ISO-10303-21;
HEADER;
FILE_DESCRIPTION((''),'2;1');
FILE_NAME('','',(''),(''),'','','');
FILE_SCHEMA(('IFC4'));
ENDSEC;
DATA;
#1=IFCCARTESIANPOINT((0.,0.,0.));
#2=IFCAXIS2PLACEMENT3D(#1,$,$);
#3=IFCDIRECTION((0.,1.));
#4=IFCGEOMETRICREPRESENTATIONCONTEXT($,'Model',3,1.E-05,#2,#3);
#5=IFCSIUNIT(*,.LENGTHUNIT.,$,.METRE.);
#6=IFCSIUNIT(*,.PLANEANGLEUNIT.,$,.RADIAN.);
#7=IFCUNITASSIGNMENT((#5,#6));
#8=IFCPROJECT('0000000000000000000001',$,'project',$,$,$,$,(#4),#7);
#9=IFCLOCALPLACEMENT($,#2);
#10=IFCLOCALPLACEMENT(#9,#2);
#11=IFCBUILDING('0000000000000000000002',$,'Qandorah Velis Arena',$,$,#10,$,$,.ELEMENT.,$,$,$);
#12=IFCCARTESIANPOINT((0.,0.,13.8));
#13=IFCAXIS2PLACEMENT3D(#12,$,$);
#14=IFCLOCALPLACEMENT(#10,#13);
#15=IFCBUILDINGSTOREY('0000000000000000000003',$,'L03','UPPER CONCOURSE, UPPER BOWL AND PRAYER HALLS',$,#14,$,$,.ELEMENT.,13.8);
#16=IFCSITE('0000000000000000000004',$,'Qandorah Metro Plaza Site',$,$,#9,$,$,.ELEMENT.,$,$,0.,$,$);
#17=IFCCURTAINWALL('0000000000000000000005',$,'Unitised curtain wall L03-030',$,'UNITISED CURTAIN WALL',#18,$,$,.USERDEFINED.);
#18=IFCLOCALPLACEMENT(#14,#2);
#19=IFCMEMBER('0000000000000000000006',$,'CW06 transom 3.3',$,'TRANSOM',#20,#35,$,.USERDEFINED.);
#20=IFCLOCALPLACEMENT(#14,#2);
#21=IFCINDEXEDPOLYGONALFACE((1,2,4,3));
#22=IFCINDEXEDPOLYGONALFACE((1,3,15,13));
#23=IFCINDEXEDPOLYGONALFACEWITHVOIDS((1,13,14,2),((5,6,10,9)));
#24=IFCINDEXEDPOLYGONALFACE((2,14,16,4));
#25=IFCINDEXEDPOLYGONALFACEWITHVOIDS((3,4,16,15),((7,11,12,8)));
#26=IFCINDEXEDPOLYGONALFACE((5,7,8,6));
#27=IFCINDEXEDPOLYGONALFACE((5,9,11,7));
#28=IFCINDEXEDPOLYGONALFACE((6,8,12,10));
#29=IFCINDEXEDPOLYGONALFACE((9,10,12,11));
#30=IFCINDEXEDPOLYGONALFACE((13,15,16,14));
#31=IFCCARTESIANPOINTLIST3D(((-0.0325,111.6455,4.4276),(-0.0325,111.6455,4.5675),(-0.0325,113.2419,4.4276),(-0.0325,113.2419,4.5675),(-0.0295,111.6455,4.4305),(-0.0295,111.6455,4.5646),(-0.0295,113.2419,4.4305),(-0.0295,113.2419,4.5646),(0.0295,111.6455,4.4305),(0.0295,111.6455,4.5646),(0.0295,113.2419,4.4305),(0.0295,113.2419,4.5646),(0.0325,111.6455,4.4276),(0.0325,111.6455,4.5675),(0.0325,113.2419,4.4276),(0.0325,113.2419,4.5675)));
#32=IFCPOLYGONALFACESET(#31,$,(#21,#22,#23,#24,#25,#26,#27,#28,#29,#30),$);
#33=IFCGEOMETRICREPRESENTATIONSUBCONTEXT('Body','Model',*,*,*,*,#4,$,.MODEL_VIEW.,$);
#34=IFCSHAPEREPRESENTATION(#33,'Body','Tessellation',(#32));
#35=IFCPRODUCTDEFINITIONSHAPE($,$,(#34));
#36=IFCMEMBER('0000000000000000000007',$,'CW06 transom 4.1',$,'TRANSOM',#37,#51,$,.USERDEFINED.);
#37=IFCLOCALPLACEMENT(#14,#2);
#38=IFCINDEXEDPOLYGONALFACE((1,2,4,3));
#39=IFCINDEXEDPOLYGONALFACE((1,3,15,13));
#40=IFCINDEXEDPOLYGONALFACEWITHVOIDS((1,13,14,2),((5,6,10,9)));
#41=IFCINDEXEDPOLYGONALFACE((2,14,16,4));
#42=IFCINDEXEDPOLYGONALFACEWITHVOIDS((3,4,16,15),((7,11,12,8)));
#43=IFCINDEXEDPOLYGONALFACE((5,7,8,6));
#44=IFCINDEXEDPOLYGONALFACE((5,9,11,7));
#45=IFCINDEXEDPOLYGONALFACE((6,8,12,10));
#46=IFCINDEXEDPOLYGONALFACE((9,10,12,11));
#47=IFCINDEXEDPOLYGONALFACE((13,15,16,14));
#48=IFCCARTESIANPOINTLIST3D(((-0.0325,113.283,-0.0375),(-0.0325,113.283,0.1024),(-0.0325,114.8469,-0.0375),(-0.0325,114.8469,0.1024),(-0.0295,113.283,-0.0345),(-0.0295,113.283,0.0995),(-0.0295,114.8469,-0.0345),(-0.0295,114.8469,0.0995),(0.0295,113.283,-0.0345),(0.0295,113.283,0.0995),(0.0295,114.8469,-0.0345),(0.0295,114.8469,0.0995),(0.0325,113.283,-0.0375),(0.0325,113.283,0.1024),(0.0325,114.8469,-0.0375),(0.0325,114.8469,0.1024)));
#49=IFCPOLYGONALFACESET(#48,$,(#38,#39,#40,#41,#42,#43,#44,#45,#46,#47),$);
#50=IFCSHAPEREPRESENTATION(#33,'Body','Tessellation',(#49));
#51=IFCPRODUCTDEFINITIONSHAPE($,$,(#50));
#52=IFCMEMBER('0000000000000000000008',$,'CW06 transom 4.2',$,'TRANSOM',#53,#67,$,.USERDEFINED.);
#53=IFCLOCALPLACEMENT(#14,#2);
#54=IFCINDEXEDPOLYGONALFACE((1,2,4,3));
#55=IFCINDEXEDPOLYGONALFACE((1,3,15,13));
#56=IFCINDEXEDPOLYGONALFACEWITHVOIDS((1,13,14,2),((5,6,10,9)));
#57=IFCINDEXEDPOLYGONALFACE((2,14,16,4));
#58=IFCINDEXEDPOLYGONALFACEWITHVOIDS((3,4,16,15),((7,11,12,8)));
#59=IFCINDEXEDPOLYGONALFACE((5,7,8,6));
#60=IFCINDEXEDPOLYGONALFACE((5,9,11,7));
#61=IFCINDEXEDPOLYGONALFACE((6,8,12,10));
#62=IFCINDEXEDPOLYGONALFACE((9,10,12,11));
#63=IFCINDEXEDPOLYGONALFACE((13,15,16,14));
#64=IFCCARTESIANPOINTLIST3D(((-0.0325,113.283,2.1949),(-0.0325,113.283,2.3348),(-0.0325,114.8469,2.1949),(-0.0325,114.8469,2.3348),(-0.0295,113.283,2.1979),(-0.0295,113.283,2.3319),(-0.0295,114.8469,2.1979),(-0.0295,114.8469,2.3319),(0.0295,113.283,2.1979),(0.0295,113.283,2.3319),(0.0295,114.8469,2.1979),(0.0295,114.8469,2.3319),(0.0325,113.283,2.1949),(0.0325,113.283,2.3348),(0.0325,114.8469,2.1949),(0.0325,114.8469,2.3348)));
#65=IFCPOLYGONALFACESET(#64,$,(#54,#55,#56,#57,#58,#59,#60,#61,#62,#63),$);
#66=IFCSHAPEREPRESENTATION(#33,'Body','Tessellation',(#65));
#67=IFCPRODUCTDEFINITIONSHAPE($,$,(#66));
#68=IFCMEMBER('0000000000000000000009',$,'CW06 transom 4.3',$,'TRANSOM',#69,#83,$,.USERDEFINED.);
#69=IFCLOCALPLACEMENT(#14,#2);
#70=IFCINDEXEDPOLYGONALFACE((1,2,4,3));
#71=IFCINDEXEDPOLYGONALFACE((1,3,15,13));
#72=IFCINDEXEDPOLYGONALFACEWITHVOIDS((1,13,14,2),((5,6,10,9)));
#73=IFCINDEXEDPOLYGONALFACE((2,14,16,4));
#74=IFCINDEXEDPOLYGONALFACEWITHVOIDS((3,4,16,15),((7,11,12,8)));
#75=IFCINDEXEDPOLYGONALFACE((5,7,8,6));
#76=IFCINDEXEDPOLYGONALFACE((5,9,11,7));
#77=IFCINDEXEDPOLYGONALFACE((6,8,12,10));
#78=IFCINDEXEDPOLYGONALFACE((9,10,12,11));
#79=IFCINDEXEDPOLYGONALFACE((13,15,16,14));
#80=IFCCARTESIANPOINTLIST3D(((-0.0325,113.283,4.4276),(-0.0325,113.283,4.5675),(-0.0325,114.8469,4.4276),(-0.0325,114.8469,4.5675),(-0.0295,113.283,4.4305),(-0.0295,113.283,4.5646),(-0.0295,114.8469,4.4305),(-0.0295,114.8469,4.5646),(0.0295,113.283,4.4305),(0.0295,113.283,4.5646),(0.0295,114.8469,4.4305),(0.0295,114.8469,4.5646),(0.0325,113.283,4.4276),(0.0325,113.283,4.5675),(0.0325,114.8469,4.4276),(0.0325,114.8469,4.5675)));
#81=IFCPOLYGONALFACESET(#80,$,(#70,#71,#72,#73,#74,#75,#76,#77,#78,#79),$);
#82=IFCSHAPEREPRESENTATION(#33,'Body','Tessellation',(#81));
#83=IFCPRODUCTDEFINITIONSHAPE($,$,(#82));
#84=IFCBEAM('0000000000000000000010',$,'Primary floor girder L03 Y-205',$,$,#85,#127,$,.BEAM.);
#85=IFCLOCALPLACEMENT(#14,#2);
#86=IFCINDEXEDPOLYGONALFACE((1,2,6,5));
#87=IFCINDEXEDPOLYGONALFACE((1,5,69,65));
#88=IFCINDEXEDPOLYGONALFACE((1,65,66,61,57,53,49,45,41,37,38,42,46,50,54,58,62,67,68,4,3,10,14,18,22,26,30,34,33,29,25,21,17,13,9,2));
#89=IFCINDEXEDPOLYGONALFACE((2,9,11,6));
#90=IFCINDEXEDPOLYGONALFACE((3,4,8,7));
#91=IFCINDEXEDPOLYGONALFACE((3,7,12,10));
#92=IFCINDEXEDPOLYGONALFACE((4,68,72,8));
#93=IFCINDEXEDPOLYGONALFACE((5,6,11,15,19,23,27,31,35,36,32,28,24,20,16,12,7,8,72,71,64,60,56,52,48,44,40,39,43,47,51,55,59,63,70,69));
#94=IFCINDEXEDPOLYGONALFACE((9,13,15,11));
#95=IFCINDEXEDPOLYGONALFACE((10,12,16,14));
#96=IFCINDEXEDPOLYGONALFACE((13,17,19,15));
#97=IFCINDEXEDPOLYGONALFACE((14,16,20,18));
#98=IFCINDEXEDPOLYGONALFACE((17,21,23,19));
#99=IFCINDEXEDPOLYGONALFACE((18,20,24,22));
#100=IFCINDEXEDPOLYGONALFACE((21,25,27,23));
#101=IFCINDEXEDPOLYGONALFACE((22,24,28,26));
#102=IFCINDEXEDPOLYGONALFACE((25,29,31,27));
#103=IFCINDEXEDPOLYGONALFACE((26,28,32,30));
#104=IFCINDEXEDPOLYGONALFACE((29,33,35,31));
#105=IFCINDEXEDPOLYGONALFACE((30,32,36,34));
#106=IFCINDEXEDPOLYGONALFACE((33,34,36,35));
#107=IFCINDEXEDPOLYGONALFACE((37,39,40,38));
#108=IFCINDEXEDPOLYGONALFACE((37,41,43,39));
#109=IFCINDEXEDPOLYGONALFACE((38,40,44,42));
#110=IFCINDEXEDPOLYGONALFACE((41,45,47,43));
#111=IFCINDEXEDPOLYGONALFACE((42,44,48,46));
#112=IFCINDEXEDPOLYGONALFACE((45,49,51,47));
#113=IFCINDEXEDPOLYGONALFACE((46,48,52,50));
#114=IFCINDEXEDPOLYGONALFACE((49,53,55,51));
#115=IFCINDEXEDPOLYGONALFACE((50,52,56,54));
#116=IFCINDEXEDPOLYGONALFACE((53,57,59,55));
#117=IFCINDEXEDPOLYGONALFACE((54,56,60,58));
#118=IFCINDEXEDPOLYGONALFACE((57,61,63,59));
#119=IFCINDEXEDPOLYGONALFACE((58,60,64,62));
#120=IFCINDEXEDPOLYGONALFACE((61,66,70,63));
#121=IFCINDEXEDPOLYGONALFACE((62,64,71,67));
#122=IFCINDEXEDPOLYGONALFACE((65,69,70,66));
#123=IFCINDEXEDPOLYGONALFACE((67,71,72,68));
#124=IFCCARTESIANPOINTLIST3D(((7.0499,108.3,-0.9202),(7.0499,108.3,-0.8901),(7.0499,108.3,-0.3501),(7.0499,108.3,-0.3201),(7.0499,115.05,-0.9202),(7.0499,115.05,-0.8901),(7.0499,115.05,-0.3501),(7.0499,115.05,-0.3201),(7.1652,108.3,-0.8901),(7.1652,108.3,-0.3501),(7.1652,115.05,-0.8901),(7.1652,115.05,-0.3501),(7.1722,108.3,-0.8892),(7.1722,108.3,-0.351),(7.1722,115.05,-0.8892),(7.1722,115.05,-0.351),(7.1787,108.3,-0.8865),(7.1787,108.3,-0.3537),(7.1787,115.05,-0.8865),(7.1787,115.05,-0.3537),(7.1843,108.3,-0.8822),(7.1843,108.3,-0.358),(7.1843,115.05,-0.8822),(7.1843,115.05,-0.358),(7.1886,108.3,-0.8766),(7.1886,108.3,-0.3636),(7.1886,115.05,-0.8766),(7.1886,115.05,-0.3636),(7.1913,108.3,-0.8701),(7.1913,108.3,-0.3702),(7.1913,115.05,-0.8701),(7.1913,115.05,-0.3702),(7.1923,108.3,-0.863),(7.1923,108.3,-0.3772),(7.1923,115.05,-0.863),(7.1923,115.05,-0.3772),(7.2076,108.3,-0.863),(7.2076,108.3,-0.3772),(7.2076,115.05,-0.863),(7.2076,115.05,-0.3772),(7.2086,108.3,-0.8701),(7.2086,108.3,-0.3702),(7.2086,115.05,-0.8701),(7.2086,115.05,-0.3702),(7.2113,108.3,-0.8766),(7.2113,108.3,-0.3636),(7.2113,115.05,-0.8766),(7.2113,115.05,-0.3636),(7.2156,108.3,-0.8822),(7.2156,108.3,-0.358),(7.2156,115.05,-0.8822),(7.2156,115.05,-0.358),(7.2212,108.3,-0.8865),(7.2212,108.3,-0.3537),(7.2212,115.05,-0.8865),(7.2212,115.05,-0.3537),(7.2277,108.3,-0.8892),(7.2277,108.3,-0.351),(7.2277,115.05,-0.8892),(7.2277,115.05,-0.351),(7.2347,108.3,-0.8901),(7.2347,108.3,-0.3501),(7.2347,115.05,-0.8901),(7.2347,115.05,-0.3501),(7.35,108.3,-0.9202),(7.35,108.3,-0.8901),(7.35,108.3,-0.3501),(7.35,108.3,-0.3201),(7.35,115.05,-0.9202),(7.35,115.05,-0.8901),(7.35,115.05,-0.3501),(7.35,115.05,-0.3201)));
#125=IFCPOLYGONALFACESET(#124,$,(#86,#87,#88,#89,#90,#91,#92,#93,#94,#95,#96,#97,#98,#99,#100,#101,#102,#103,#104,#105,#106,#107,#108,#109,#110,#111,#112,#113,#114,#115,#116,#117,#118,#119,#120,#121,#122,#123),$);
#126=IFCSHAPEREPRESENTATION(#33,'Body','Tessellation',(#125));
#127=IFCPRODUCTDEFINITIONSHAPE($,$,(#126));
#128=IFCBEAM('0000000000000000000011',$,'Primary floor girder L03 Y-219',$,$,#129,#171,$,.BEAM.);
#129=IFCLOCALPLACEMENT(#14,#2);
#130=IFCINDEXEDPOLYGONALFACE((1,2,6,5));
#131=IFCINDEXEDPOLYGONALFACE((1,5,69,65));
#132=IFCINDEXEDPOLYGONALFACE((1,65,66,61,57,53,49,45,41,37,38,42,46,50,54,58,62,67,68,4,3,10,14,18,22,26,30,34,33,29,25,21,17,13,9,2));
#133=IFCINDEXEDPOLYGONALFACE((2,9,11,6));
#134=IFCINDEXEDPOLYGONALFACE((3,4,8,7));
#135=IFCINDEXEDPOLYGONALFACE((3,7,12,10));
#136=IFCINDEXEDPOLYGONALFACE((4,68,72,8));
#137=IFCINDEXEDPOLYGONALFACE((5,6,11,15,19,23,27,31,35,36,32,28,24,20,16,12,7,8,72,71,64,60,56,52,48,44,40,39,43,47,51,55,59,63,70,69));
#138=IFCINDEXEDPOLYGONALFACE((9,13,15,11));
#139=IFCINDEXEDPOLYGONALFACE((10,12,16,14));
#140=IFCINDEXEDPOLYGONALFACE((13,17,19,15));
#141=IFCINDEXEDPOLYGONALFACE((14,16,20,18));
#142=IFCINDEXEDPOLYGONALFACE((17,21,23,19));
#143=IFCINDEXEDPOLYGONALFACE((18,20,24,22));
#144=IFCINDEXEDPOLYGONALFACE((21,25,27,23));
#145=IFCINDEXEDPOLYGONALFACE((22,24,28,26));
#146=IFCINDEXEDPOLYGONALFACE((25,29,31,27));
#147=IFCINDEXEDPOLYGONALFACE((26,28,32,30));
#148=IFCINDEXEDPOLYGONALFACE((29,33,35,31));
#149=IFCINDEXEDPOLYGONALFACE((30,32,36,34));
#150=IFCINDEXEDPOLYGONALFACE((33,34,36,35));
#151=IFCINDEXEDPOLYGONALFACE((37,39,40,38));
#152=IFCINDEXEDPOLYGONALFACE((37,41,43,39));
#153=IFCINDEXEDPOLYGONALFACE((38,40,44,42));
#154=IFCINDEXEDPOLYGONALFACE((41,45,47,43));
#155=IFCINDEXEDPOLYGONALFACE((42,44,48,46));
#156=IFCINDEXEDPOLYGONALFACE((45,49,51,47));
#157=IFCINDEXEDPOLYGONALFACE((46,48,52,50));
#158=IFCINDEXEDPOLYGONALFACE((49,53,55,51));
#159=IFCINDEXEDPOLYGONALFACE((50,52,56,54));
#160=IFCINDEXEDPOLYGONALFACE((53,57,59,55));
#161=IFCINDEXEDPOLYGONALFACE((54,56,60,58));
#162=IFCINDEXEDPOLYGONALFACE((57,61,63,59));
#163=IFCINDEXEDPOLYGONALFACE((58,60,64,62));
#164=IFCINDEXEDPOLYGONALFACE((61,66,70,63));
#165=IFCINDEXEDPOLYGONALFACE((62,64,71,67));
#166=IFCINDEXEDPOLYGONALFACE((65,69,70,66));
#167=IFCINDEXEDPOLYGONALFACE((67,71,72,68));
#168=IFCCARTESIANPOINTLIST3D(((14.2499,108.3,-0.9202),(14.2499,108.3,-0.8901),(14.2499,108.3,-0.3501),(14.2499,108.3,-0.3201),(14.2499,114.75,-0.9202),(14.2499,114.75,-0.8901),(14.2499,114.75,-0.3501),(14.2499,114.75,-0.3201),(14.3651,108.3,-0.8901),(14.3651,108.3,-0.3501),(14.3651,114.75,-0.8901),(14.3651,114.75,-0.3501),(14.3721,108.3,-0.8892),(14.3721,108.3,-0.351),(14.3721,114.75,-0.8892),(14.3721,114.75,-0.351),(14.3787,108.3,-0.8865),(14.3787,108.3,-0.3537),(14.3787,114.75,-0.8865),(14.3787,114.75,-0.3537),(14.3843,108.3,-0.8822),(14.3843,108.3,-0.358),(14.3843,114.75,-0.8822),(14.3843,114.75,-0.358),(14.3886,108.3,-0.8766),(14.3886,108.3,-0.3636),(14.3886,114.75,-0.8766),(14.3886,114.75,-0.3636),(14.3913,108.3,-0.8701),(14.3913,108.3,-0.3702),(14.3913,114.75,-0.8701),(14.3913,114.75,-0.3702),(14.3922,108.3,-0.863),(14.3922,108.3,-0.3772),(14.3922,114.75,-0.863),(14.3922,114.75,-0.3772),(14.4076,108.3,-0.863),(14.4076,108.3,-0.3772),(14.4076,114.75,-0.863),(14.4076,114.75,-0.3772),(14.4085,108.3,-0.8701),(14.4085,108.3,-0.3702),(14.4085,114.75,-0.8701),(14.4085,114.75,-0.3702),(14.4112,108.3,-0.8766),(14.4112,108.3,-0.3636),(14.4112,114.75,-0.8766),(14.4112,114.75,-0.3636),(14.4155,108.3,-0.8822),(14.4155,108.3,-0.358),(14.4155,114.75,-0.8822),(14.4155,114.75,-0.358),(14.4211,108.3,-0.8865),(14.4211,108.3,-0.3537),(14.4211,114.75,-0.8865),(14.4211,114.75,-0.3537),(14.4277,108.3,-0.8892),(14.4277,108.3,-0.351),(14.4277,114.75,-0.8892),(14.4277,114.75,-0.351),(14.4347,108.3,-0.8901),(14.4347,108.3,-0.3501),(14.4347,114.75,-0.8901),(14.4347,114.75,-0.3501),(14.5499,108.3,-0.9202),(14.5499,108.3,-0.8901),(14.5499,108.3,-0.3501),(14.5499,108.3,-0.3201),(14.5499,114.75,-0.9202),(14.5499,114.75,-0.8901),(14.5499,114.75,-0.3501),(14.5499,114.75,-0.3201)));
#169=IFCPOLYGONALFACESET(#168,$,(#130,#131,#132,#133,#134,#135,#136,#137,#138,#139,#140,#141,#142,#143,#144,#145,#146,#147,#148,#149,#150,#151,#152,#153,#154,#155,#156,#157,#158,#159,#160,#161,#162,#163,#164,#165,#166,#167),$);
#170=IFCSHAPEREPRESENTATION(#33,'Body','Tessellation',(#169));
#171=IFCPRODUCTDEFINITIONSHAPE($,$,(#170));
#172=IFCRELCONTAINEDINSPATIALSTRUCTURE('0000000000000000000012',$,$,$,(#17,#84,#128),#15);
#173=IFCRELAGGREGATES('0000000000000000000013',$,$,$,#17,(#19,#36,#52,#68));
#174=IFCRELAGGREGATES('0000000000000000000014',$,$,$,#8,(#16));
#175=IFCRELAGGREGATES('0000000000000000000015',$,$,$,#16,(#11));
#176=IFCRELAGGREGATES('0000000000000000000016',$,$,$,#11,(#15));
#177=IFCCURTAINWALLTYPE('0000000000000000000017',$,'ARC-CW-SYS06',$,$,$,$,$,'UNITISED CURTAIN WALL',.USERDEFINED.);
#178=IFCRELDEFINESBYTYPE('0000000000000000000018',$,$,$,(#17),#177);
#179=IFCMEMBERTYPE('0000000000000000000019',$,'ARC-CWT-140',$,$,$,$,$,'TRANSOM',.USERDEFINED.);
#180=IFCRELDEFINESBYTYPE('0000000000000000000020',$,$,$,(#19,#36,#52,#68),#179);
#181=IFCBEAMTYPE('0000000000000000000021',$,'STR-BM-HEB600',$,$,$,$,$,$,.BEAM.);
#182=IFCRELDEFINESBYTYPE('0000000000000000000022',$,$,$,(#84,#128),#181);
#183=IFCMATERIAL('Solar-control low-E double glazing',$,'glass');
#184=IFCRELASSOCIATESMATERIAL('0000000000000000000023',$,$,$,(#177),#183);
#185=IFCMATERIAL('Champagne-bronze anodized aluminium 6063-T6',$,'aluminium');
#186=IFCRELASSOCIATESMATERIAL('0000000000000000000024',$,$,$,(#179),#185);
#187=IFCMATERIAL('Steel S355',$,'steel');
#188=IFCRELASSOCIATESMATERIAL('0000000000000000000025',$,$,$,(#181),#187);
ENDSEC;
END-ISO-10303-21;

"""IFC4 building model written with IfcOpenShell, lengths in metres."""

from ifc_helpers import new_model, si_unit, direction, frame, origin, origin_2d, place, context, subcontext, project, spatial, hollow_rectangle, i_section, extrude, material, material_profile, profile_set, type_object, element, aggregate, save


model = new_model("IFC4")

# Units and contexts
model_context = context("Model", 3, precision=1e-05, world=origin(), true_north=direction((0.0, 1.0)))
body_context = subcontext(model_context, "Body", "Model", "MODEL_VIEW")
ifc_project = project(units=[si_unit("LENGTHUNIT", "METRE"), si_unit("PLANEANGLEUNIT", "RADIAN")], contexts=[model_context])

# Site, building, storey
site_placement = place(None, origin())
site = spatial("IfcSite", under=ifc_project, at=site_placement, Name="Qandorah Metro Plaza Site", CompositionType="ELEMENT", RefElevation=0.0)
building_placement = place(site_placement, origin())
building = spatial("IfcBuilding", under=site, at=building_placement, Name="Qandorah Velis Arena", CompositionType="ELEMENT")
storey_placement = place(building_placement, frame((0.0, 0.0, 13.8)))
storey = spatial("IfcBuildingStorey", under=building, at=storey_placement, Name="L03", Description="UPPER CONCOURSE, UPPER BOWL AND PRAYER HALLS", CompositionType="ELEMENT", Elevation=13.8)

# Curtain wall, members
ifc_material_1 = material(Name="Solar-control low-E double glazing", Category="glass")
curtain_wall_type = type_object("IfcCurtainWallType", Name="ARC-CW-SYS06", ElementType="UNITISED CURTAIN WALL", PredefinedType="USERDEFINED", material=ifc_material_1)
curtain_wall_placement = place(storey_placement, origin())
curtain_wall = element("IfcCurtainWall", 1, at=curtain_wall_placement, inside=storey, type_object=curtain_wall_type, Name="Unitised curtain wall L03-030", ObjectType="UNITISED CURTAIN WALL", PredefinedType="USERDEFINED")
ifc_material_2 = material(Name="Champagne-bronze anodized aluminium 6063-T6", Category="aluminium")
ifc_material_profile_1 = material_profile(ifc_material_2, hollow_rectangle(XDim=0.0649, YDim=0.1399, WallThickness=0.0029, at=origin_2d()), Name="ALU TRANSOM 65x140")
ifc_profile_set_1 = profile_set([ifc_material_profile_1], Name="Champagne-bronze anodized aluminium 6063-T6")
member_type_1 = type_object("IfcMemberType", Name="ARC-CWT-140", ElementType="TRANSOM", PredefinedType="USERDEFINED", material=ifc_profile_set_1)
member_1_placement = place(storey_placement, frame((0.0, 111.6455, 4.4976), z_axis=(0.0, 1.0, 0.0), x_axis=(-1.0, 0.0, 0.0)))
member_1 = element("IfcMember", 2, at=member_1_placement, type_object=member_type_1, Name="CW06 transom 3.3", ObjectType="TRANSOM", PredefinedType="USERDEFINED", context=body_context, shape_type="SweptSolid", body=[
    extrude(hollow_rectangle(XDim=0.0649, YDim=0.1399, WallThickness=0.0029, at=origin_2d()), origin(), (0.0, 0.0, 1.0), 1.5964),
])
member_2_placement = place(storey_placement, frame((0.0, 113.283, 0.0325), z_axis=(0.0, 1.0, 0.0), x_axis=(-1.0, 0.0, 0.0)))
member_2 = element("IfcMember", 3, at=member_2_placement, type_object=member_type_1, Name="CW06 transom 4.1", ObjectType="TRANSOM", PredefinedType="USERDEFINED", context=body_context, shape_type="SweptSolid", body=[
    extrude(hollow_rectangle(XDim=0.0649, YDim=0.1399, WallThickness=0.0029, at=origin_2d()), origin(), (0.0, 0.0, 1.0), 1.564),
])
member_3_placement = place(storey_placement, frame((0.0, 113.283, 2.2649), z_axis=(0.0, 1.0, 0.0), x_axis=(-1.0, 0.0, 0.0)))
member_3 = element("IfcMember", 4, at=member_3_placement, type_object=member_type_1, Name="CW06 transom 4.2", ObjectType="TRANSOM", PredefinedType="USERDEFINED", context=body_context, shape_type="SweptSolid", body=[
    extrude(hollow_rectangle(XDim=0.0649, YDim=0.1399, WallThickness=0.0029, at=origin_2d()), origin(), (0.0, 0.0, 1.0), 1.564),
])
member_4_placement = place(storey_placement, frame((0.0, 113.283, 4.4976), z_axis=(0.0, 1.0, 0.0), x_axis=(-1.0, 0.0, 0.0)))
member_4 = element("IfcMember", 5, at=member_4_placement, type_object=member_type_1, Name="CW06 transom 4.3", ObjectType="TRANSOM", PredefinedType="USERDEFINED", context=body_context, shape_type="SweptSolid", body=[
    extrude(hollow_rectangle(XDim=0.0649, YDim=0.1399, WallThickness=0.0029, at=origin_2d()), origin(), (0.0, 0.0, 1.0), 1.564),
])

# Beams
ifc_material_3 = material(Name="Steel S355", Category="steel")
ifc_material_profile_2 = material_profile(ifc_material_3, i_section(OverallWidth=0.3, OverallDepth=0.6001, WebThickness=0.0154, FlangeThickness=0.03, FilletRadius=0.0271, at=origin_2d()), Name="HEB 600")
ifc_profile_set_2 = profile_set([ifc_material_profile_2], Name="Steel S355")
beam_type_1 = type_object("IfcBeamType", Name="STR-BM-HEB600", PredefinedType="BEAM", material=ifc_profile_set_2)
beam_1_placement = place(storey_placement, frame((7.2, 108.3, -0.6201), z_axis=(0.0, 1.0, 0.0), x_axis=(-1.0, 0.0, 0.0)))
element("IfcBeam", 6, at=beam_1_placement, inside=storey, type_object=beam_type_1, Name="Primary floor girder L03 Y-205", PredefinedType="BEAM", context=body_context, shape_type="SweptSolid", body=[
    extrude(i_section(OverallWidth=0.3, OverallDepth=0.6001, WebThickness=0.0154, FlangeThickness=0.03, FilletRadius=0.0271, at=origin_2d()), origin(), (0.0, 0.0, 1.0), 6.75),
])
beam_2_placement = place(storey_placement, frame((14.3999, 108.3, -0.6201), z_axis=(0.0, 1.0, 0.0), x_axis=(-1.0, 0.0, 0.0)))
element("IfcBeam", 7, at=beam_2_placement, inside=storey, type_object=beam_type_1, Name="Primary floor girder L03 Y-219", PredefinedType="BEAM", context=body_context, shape_type="SweptSolid", body=[
    extrude(i_section(OverallWidth=0.3, OverallDepth=0.6001, WebThickness=0.0154, FlangeThickness=0.03, FilletRadius=0.0271, at=origin_2d()), origin(), (0.0, 0.0, 1.0), 6.45),
])

aggregate(curtain_wall, [member_1, member_2, member_3, member_4])

save(model, "model.ifc")
